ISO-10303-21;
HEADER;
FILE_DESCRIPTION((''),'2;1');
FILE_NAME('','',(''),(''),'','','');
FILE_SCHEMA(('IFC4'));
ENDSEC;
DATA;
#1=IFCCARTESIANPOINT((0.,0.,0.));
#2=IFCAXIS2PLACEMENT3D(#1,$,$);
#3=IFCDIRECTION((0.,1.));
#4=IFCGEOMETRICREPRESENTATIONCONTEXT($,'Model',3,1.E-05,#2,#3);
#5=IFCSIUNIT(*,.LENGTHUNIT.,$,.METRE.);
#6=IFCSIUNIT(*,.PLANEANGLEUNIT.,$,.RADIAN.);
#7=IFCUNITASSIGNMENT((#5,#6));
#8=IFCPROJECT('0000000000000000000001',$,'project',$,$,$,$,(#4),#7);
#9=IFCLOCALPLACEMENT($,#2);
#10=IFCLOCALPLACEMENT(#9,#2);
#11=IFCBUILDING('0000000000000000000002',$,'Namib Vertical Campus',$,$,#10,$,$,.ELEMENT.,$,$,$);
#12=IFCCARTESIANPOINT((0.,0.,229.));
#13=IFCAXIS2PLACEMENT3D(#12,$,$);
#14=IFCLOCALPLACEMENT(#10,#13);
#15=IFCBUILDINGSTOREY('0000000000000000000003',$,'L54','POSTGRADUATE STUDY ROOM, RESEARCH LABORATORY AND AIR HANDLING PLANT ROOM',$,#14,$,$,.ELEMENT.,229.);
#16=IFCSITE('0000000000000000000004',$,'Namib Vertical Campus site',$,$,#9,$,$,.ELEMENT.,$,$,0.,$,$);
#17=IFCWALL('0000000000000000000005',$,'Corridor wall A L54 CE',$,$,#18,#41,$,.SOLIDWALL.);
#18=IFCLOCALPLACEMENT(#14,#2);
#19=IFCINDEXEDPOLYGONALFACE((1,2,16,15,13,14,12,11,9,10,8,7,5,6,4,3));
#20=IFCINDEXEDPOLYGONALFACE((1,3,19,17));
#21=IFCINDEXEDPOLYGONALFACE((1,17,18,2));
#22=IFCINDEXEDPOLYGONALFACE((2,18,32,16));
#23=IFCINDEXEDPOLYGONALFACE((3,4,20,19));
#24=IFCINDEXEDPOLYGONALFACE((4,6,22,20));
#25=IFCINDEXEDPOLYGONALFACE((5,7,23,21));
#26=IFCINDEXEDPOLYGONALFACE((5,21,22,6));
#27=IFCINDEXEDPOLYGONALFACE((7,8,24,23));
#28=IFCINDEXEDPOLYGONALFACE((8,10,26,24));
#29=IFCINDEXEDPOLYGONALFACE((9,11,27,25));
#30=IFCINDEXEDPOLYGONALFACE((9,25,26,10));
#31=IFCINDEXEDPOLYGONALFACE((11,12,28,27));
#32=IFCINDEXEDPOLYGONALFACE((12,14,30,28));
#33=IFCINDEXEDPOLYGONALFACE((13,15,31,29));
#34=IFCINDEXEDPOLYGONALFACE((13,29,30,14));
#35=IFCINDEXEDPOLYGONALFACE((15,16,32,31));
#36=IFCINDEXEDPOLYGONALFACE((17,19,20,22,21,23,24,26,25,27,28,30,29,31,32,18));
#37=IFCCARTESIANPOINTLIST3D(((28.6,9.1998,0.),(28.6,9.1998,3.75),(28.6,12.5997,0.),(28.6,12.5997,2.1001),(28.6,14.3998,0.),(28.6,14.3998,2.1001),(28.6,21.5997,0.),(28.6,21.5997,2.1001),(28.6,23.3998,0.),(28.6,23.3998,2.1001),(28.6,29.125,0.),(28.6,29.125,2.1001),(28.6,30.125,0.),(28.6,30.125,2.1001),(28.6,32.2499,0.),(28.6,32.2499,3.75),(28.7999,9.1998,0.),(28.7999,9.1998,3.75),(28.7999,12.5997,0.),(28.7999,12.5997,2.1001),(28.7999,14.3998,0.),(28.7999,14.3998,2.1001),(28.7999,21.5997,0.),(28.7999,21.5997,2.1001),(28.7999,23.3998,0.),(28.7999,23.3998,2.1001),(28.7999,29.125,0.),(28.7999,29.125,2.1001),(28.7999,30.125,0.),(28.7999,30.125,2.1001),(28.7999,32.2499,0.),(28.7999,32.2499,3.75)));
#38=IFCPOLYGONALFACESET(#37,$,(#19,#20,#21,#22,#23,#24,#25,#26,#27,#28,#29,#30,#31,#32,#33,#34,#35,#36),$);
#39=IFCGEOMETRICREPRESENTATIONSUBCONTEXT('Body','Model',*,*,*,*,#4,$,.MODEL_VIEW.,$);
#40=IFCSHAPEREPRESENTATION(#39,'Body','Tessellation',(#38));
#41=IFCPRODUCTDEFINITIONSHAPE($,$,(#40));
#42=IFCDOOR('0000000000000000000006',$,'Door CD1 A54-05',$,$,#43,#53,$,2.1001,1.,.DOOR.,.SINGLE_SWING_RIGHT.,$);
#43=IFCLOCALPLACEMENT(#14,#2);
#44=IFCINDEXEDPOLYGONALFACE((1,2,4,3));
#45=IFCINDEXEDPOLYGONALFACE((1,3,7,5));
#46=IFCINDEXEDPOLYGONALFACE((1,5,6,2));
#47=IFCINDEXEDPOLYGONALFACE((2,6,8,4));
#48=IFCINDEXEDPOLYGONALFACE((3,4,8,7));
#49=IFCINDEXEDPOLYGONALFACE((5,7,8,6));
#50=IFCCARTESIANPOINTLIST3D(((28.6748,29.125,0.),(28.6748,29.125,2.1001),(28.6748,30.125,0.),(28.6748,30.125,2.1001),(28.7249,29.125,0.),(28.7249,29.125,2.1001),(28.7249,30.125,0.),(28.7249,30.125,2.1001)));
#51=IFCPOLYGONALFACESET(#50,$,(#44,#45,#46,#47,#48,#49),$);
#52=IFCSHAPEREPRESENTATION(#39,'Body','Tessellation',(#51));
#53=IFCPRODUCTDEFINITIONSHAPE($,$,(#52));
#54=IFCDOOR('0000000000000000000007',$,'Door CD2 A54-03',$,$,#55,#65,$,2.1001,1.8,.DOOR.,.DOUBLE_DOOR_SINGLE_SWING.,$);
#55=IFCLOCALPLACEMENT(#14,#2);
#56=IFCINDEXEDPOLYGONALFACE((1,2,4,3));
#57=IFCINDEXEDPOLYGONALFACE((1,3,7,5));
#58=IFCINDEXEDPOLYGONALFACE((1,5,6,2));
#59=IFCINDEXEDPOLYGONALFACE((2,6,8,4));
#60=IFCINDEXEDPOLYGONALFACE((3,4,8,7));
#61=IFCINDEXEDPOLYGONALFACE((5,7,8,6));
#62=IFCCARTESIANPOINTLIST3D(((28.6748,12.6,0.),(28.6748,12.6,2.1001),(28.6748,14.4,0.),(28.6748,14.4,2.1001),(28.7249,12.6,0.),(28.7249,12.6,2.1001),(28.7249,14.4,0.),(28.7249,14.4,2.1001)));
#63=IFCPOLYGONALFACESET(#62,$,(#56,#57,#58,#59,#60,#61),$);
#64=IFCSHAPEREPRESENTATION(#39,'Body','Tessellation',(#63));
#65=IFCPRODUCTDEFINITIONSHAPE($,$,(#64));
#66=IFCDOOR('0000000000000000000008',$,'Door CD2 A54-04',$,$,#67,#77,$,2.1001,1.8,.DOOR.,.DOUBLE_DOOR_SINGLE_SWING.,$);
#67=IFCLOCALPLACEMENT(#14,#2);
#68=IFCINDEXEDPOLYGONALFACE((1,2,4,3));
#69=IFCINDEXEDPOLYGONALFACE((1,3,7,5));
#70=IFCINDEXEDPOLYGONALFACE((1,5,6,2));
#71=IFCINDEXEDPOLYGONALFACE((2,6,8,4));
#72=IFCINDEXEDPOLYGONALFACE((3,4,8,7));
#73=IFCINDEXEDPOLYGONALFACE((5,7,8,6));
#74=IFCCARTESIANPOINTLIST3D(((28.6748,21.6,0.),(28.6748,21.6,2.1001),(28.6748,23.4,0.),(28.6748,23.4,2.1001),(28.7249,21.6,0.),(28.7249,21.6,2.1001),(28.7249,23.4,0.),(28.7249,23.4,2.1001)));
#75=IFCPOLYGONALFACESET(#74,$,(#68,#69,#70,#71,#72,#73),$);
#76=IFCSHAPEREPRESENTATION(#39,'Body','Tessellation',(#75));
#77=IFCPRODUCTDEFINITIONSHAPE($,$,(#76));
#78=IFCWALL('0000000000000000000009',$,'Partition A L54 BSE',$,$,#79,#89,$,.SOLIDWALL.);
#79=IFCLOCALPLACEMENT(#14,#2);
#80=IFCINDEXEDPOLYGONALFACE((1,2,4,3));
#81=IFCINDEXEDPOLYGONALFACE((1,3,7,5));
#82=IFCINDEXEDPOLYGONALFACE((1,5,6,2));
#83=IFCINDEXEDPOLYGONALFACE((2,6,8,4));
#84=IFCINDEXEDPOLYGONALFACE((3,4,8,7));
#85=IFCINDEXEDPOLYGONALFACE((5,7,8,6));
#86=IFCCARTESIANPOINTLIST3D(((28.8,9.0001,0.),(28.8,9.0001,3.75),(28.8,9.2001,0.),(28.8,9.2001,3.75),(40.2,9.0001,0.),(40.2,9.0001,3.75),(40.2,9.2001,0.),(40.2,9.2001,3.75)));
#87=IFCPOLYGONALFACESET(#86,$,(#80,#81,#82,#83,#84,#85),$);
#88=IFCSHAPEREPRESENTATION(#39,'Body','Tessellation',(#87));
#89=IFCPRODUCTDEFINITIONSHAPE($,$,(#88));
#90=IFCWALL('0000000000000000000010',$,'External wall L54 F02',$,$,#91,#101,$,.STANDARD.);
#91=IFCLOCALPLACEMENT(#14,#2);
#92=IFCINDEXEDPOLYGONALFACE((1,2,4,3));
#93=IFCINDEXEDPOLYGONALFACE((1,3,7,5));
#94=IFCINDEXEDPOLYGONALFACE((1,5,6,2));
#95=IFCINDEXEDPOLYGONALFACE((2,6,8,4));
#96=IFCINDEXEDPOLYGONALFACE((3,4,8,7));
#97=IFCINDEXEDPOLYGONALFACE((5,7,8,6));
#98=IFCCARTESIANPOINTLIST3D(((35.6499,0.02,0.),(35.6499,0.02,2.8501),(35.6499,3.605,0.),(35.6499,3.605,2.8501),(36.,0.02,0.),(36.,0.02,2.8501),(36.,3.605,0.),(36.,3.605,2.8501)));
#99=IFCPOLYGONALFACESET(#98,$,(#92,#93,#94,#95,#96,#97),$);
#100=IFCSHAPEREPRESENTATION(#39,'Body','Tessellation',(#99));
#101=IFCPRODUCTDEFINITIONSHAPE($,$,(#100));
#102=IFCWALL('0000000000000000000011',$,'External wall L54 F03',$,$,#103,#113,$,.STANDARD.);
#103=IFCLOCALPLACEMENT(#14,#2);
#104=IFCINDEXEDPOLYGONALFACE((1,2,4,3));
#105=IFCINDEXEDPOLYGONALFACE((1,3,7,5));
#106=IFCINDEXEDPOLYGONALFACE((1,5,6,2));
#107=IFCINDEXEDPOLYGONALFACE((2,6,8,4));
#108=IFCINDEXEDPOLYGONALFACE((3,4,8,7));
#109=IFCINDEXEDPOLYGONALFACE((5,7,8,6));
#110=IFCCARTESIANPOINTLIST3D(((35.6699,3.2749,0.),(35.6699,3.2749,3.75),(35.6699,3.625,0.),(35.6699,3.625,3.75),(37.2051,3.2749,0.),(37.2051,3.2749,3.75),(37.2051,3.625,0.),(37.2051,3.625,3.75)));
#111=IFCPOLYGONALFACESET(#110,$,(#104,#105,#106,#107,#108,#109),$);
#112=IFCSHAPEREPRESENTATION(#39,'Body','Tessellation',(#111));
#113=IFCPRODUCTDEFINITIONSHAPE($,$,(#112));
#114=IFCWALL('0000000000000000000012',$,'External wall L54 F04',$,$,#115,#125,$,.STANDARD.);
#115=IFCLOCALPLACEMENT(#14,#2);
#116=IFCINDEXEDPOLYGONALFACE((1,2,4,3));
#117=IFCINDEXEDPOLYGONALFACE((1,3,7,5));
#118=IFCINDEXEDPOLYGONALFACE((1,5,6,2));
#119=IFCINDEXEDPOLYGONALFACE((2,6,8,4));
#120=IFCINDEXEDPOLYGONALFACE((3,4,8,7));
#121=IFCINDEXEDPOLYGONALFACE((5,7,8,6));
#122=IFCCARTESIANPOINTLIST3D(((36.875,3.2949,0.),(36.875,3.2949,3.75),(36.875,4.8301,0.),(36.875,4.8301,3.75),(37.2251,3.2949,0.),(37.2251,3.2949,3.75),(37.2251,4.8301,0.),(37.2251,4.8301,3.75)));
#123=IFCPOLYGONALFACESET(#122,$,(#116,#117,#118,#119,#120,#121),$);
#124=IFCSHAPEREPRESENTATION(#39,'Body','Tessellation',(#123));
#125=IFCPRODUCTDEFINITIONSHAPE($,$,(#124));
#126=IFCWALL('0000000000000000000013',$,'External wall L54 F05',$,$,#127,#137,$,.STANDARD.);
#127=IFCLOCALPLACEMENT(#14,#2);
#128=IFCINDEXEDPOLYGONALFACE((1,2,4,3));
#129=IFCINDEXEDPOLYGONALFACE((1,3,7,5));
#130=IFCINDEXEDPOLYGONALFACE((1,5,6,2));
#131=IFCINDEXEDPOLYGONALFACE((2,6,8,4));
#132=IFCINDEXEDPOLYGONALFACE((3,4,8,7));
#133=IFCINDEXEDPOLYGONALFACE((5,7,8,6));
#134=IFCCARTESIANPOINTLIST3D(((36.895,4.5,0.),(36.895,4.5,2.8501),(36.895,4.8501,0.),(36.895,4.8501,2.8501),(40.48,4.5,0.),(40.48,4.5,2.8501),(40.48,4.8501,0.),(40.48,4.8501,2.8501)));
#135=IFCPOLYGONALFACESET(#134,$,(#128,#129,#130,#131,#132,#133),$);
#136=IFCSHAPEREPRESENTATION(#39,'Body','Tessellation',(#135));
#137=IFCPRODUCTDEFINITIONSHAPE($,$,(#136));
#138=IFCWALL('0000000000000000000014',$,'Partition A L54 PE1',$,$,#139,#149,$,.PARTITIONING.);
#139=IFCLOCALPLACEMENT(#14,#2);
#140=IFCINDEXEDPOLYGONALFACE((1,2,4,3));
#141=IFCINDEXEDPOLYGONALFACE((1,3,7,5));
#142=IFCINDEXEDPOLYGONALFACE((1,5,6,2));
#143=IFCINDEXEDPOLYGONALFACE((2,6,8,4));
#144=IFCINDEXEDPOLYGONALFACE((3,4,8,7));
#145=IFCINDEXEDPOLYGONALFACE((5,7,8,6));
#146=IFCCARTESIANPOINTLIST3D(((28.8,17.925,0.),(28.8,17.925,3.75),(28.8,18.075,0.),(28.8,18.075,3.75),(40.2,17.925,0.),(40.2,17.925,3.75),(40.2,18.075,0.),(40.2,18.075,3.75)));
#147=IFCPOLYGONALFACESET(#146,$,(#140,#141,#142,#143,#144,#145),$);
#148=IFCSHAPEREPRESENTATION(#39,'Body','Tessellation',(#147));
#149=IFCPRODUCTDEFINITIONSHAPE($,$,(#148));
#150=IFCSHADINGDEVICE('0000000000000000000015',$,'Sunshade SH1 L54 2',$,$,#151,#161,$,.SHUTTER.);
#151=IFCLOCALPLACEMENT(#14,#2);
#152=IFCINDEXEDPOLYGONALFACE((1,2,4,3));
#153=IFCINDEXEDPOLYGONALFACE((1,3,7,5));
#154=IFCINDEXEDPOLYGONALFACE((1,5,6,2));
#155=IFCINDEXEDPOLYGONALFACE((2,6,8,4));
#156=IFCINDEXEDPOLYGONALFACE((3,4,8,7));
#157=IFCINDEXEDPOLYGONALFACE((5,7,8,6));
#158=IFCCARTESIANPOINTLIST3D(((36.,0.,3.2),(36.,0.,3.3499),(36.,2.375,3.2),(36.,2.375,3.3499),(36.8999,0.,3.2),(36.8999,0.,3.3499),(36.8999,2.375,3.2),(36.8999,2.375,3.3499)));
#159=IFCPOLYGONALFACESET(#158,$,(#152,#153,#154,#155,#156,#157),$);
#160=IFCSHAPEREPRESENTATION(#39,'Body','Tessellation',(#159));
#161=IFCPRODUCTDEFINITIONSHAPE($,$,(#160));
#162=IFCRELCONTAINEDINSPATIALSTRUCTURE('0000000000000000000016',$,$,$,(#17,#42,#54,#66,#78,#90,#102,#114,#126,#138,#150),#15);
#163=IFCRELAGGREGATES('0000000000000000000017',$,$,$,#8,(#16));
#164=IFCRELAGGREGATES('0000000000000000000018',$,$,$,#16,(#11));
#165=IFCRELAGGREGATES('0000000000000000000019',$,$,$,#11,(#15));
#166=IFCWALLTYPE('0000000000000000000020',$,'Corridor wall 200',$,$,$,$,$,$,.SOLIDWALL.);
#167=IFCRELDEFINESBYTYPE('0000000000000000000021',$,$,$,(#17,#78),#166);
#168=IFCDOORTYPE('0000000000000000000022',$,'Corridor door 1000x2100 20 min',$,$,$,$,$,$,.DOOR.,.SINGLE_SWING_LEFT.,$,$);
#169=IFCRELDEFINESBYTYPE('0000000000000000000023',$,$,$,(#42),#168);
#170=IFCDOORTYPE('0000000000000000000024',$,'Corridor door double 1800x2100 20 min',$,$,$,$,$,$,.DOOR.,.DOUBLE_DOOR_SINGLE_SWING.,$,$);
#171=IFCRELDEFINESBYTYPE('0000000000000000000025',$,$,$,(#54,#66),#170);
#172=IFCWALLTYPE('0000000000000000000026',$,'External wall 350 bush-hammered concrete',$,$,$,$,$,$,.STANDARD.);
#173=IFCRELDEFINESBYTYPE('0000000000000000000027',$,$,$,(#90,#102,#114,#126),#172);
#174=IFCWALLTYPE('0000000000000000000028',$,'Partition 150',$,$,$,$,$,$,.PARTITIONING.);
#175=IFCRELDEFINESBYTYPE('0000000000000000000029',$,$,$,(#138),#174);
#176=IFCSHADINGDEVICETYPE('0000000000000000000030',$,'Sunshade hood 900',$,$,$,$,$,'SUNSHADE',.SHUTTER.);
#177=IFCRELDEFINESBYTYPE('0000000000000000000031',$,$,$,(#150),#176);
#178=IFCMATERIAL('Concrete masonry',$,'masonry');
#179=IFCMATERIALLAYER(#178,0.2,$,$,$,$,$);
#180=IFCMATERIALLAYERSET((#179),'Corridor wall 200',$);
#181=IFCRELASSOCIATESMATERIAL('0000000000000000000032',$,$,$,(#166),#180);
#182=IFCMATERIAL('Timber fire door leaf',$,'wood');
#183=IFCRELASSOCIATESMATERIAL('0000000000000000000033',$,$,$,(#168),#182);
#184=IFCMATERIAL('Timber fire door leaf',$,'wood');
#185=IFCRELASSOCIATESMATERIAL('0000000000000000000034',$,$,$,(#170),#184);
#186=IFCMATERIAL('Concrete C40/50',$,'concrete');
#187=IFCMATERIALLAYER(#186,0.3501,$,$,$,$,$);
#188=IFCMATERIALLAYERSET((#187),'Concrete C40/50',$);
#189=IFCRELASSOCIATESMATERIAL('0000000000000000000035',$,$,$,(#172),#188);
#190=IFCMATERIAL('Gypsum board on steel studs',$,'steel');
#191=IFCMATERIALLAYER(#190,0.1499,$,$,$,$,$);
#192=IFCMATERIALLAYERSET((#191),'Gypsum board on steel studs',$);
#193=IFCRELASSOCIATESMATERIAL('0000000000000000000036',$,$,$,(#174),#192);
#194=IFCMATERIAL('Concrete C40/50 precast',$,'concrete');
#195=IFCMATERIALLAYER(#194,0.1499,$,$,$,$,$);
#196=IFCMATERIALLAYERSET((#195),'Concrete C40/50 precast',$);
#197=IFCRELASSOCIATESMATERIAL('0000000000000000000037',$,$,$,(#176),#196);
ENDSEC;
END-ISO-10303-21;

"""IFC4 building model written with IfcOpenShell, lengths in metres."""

from ifc_helpers import new_model, si_unit, direction, frame, frame_2d, origin, origin_2d, place, context, subcontext, project, spatial, rectangle, extrude, material, layer, layer_set, type_object, element, fill, save


model = new_model("IFC4")

# Units and contexts
model_context = context("Model", 3, precision=1e-05, world=origin(), true_north=direction((0.0, 1.0)))
body_context = subcontext(model_context, "Body", "Model", "MODEL_VIEW")
ifc_project = project(units=[si_unit("LENGTHUNIT", "METRE"), si_unit("PLANEANGLEUNIT", "RADIAN")], contexts=[model_context])

# Site, building, storey
site_placement = place(None, origin())
site = spatial("IfcSite", under=ifc_project, at=site_placement, Name="Namib Vertical Campus site", CompositionType="ELEMENT", RefElevation=0.0)
building_placement = place(site_placement, origin())
building = spatial("IfcBuilding", under=site, at=building_placement, Name="Namib Vertical Campus", CompositionType="ELEMENT")
storey_placement = place(building_placement, frame((0.0, 0.0, 229.0)))
storey = spatial("IfcBuildingStorey", under=building, at=storey_placement, Name="L54", Description="POSTGRADUATE STUDY ROOM, RESEARCH LABORATORY AND AIR HANDLING PLANT ROOM", CompositionType="ELEMENT", Elevation=229.0)

# Wall, openings, doors
ifc_material_1 = material(Name="Concrete masonry", Category="masonry")
ifc_layer_1 = layer(ifc_material_1, 0.2)
ifc_layer_set_1 = layer_set([ifc_layer_1], Name="Corridor wall 200")
wall_type_1 = type_object("IfcWallType", Name="Corridor wall 200", PredefinedType="SOLIDWALL", material=ifc_layer_set_1)
wall_1_placement = place(storey_placement, frame((28.7, 9.2, 0.0), z_axis=(0.0, 0.0, 1.0), x_axis=(0.0, 1.0, 0.0)))
wall_1 = element("IfcWall", 1, at=wall_1_placement, inside=storey, type_object=wall_type_1, Name="Corridor wall A L54 CE", PredefinedType="SOLIDWALL", context=body_context, shape_type="SweptSolid", body=[
    extrude(rectangle(XDim=23.05, YDim=0.2, at=frame_2d((11.5249, 0.0))), origin(), (0.0, 0.0, 1.0), 3.75),
])
opening_1_placement = place(wall_1_placement, frame((3.3999, 0.0, 0.0)))
opening_1 = element("IfcOpeningElement", 2, at=opening_1_placement, cuts=wall_1, PredefinedType="OPENING", context=body_context, shape_type="SweptSolid", body=[
    extrude(rectangle(XDim=1.8, YDim=2.1001, at=frame_2d((0.8999, 1.05))), frame((0.0, 0.1099, 0.0), z_axis=(0.0, -1.0, 0.0), x_axis=(1.0, 0.0, 0.0)), (0.0, 0.0, 1.0), 0.22),
])
opening_2_placement = place(wall_1_placement, frame((12.3999, 0.0, 0.0)))
opening_2 = element("IfcOpeningElement", 3, at=opening_2_placement, cuts=wall_1, PredefinedType="OPENING", context=body_context, shape_type="SweptSolid", body=[
    extrude(rectangle(XDim=1.8, YDim=2.1001, at=frame_2d((0.8999, 1.05))), frame((0.0, 0.1099, 0.0), z_axis=(0.0, -1.0, 0.0), x_axis=(1.0, 0.0, 0.0)), (0.0, 0.0, 1.0), 0.22),
])
opening_3_placement = place(wall_1_placement, frame((19.925, 0.0, 0.0)))
opening_3 = element("IfcOpeningElement", 4, at=opening_3_placement, cuts=wall_1, PredefinedType="OPENING", context=body_context, shape_type="SweptSolid", body=[
    extrude(rectangle(XDim=1.0, YDim=2.1001, at=frame_2d((0.5, 1.05))), frame((0.0, 0.1099, 0.0), z_axis=(0.0, -1.0, 0.0), x_axis=(1.0, 0.0, 0.0)), (0.0, 0.0, 1.0), 0.22),
])
ifc_material_2 = material(Name="Timber fire door leaf", Category="wood")
door_type_1 = type_object("IfcDoorType", Name="Corridor door 1000x2100 20 min", OperationType="SINGLE_SWING_LEFT", PredefinedType="DOOR", material=ifc_material_2)
door_1_placement = place(opening_3_placement, frame((1.0, 0.0, 0.0), z_axis=(0.0, 0.0, 1.0), x_axis=(-1.0, 0.0, 0.0)))
door_1 = element("IfcDoor", 5, at=door_1_placement, inside=storey, type_object=door_type_1, Name="Door CD1 A54-05", OperationType="SINGLE_SWING_RIGHT", OverallHeight=2.1001, OverallWidth=1.0, PredefinedType="DOOR", context=body_context, shape_type="SweptSolid", body=[
    extrude(rectangle(XDim=1.0, YDim=2.1001, at=frame_2d((0.5, 1.05))), frame((0.0, 0.0249, 0.0), z_axis=(0.0, -1.0, 0.0), x_axis=(1.0, 0.0, 0.0)), (0.0, 0.0, 1.0), 0.05),
])
fill(opening_3, door_1)
ifc_material_3 = material(Name="Timber fire door leaf", Category="wood")
door_type_2 = type_object("IfcDoorType", Name="Corridor door double 1800x2100 20 min", OperationType="DOUBLE_DOOR_SINGLE_SWING", PredefinedType="DOOR", material=ifc_material_3)
door_2_placement = place(opening_1_placement, frame((1.8, 0.0, 0.0), z_axis=(0.0, 0.0, 1.0), x_axis=(-1.0, 0.0, 0.0)))
door_2 = element("IfcDoor", 6, at=door_2_placement, inside=storey, type_object=door_type_2, Name="Door CD2 A54-03", OperationType="DOUBLE_DOOR_SINGLE_SWING", OverallHeight=2.1001, OverallWidth=1.8, PredefinedType="DOOR", context=body_context, shape_type="SweptSolid", body=[
    extrude(rectangle(XDim=1.8, YDim=2.1001, at=frame_2d((0.8999, 1.05))), frame((0.0, 0.0249, 0.0), z_axis=(0.0, -1.0, 0.0), x_axis=(1.0, 0.0, 0.0)), (0.0, 0.0, 1.0), 0.05),
])
fill(opening_1, door_2)
door_3_placement = place(opening_2_placement, frame((1.8, 0.0, 0.0), z_axis=(0.0, 0.0, 1.0), x_axis=(-1.0, 0.0, 0.0)))
door_3 = element("IfcDoor", 7, at=door_3_placement, inside=storey, type_object=door_type_2, Name="Door CD2 A54-04", OperationType="DOUBLE_DOOR_SINGLE_SWING", OverallHeight=2.1001, OverallWidth=1.8, PredefinedType="DOOR", context=body_context, shape_type="SweptSolid", body=[
    extrude(rectangle(XDim=1.8, YDim=2.1001, at=frame_2d((0.8999, 1.05))), frame((0.0, 0.0249, 0.0), z_axis=(0.0, -1.0, 0.0), x_axis=(1.0, 0.0, 0.0)), (0.0, 0.0, 1.0), 0.05),
])
fill(opening_2, door_3)

# Walls
wall_2_placement = place(storey_placement, frame((28.8, 9.1001, 0.0), z_axis=(0.0, 0.0, 1.0), x_axis=(1.0, 0.0, 0.0)))
element("IfcWall", 8, at=wall_2_placement, inside=storey, type_object=wall_type_1, Name="Partition A L54 BSE", PredefinedType="SOLIDWALL", context=body_context, shape_type="SweptSolid", body=[
    extrude(rectangle(XDim=11.3999, YDim=0.2, at=frame_2d((5.7, 0.0))), origin(), (0.0, 0.0, 1.0), 3.75),
])
ifc_material_4 = material(Name="Concrete C40/50", Category="concrete")
ifc_layer_2 = layer(ifc_material_4, 0.3501)
ifc_layer_set_2 = layer_set([ifc_layer_2], Name="Concrete C40/50")
wall_type_2 = type_object("IfcWallType", Name="External wall 350 bush-hammered concrete", PredefinedType="STANDARD", material=ifc_layer_set_2)
wall_3_placement = place(storey_placement, frame((35.825, 0.02, 0.0), z_axis=(0.0, 0.0, 1.0), x_axis=(0.0, 1.0, 0.0)))
element("IfcWall", 9, at=wall_3_placement, inside=storey, type_object=wall_type_2, Name="External wall L54 F02", PredefinedType="STANDARD", context=body_context, shape_type="SweptSolid", body=[
    extrude(rectangle(XDim=3.585, YDim=0.3501, at=frame_2d((1.7925, 0.0))), origin(), (0.0, 0.0, 1.0), 2.8501),
])
for number, where, z_axis, x_axis, name in (
    (10, (35.6699, 3.45, 0.0), (0.0, 0.0, 1.0), (1.0, 0.0, 0.0), "External wall L54 F03"),
    (11, (37.05, 3.2949, 0.0), (0.0, 0.0, 1.0), (0.0, 1.0, 0.0), "External wall L54 F04"),
):
    element("IfcWall", number, at=place(storey_placement, frame(where, z_axis=z_axis, x_axis=x_axis)), inside=storey, type_object=wall_type_2, Name=name, PredefinedType="STANDARD", context=body_context, shape_type="SweptSolid", body=[
        extrude(rectangle(XDim=1.5352, YDim=0.3501, at=frame_2d((0.7676, 0.0))), origin(), (0.0, 0.0, 1.0), 3.75),
    ])
wall_4_placement = place(storey_placement, frame((36.895, 4.675, 0.0), z_axis=(0.0, 0.0, 1.0), x_axis=(1.0, 0.0, 0.0)))
element("IfcWall", 12, at=wall_4_placement, inside=storey, type_object=wall_type_2, Name="External wall L54 F05", PredefinedType="STANDARD", context=body_context, shape_type="SweptSolid", body=[
    extrude(rectangle(XDim=3.585, YDim=0.3501, at=frame_2d((1.7925, 0.0))), origin(), (0.0, 0.0, 1.0), 2.8501),
])
ifc_material_5 = material(Name="Gypsum board on steel studs", Category="steel")
ifc_layer_3 = layer(ifc_material_5, 0.1499)
ifc_layer_set_3 = layer_set([ifc_layer_3], Name="Gypsum board on steel studs")
wall_type_3 = type_object("IfcWallType", Name="Partition 150", PredefinedType="PARTITIONING", material=ifc_layer_set_3)
wall_5_placement = place(storey_placement, frame((28.8, 18.0, 0.0), z_axis=(0.0, 0.0, 1.0), x_axis=(1.0, 0.0, 0.0)))
element("IfcWall", 13, at=wall_5_placement, inside=storey, type_object=wall_type_3, Name="Partition A L54 PE1", PredefinedType="PARTITIONING", context=body_context, shape_type="SweptSolid", body=[
    extrude(rectangle(XDim=11.3999, YDim=0.1499, at=frame_2d((5.7, 0.0))), origin(), (0.0, 0.0, 1.0), 3.75),
])

# Shading device
ifc_material_6 = material(Name="Concrete C40/50 precast", Category="concrete")
ifc_layer_4 = layer(ifc_material_6, 0.1499)
ifc_layer_set_4 = layer_set([ifc_layer_4], Name="Concrete C40/50 precast")
shading_device_type = type_object("IfcShadingDeviceType", Name="Sunshade hood 900", ElementType="SUNSHADE", PredefinedType="SHUTTER", material=ifc_layer_set_4)
shading_device_placement = place(storey_placement, frame((36.45, 1.1875, 3.2), z_axis=(0.0, 0.0, 1.0), x_axis=(0.0, 1.0, 0.0)))
element("IfcShadingDevice", 14, at=shading_device_placement, inside=storey, type_object=shading_device_type, Name="Sunshade SH1 L54 2", PredefinedType="SHUTTER", context=body_context, shape_type="SweptSolid", body=[
    extrude(rectangle(XDim=2.375, YDim=0.8999, at=origin_2d()), origin(), (0.0, 0.0, 1.0), 0.1499),
])

save(model, "model.ifc")
